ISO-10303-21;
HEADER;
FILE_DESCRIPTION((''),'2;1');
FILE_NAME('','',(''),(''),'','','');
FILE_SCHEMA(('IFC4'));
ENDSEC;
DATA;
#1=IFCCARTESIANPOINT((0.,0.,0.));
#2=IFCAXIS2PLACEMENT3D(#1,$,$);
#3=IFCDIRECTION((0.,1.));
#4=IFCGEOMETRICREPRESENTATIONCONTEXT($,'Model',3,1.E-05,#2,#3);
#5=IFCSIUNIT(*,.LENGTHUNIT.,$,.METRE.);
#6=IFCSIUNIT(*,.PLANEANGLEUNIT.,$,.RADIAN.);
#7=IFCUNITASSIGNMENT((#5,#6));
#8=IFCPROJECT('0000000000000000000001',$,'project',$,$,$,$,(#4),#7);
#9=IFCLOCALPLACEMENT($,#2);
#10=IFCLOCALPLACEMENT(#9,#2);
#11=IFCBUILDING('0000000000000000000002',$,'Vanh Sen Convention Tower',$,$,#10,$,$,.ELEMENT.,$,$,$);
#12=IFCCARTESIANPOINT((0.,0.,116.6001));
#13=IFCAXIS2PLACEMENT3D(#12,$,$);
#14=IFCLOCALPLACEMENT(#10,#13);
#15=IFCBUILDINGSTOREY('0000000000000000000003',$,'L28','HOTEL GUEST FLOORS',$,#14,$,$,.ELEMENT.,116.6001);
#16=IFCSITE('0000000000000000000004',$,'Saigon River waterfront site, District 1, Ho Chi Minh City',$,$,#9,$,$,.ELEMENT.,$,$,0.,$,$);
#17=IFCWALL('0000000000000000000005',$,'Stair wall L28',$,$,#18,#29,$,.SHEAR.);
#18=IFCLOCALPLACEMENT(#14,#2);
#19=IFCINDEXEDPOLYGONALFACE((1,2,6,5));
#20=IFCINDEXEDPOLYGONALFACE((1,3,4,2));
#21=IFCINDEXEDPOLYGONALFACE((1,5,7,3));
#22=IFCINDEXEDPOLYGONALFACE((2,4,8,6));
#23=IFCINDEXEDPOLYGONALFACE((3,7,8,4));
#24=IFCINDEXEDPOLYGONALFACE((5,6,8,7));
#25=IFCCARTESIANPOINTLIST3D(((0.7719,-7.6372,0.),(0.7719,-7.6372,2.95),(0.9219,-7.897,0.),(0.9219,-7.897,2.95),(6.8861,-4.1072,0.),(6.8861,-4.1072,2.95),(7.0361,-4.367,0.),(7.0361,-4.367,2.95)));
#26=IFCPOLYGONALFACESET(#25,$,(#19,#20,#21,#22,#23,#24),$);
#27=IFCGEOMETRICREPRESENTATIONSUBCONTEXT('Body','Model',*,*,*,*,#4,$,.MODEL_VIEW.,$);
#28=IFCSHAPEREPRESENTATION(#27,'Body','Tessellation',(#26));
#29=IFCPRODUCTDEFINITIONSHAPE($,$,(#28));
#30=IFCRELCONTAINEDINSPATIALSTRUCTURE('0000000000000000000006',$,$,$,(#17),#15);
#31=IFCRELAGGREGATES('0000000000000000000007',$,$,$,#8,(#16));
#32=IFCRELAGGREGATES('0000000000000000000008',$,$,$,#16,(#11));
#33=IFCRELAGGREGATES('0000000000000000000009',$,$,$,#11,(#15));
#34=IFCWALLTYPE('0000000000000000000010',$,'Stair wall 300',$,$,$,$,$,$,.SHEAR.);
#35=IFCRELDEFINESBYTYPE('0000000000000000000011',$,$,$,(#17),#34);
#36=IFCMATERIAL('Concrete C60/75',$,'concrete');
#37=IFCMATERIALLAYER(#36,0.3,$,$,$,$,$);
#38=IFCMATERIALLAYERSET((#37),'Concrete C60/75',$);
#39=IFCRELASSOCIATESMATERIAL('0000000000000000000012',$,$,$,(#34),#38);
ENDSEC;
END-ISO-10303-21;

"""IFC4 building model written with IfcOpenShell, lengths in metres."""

from ifc_helpers import new_model, si_unit, direction, frame, frame_2d, origin, place, context, subcontext, project, spatial, rectangle, extrude, material, layer, layer_set, type_object, element, save


model = new_model("IFC4")

# Units and contexts
model_context = context("Model", 3, precision=1e-05, world=origin(), true_north=direction((0.0, 1.0)))
body_context = subcontext(model_context, "Body", "Model", "MODEL_VIEW")
ifc_project = project(units=[si_unit("LENGTHUNIT", "METRE"), si_unit("PLANEANGLEUNIT", "RADIAN")], contexts=[model_context])

# Site, building, storey
site_placement = place(None, origin())
site = spatial("IfcSite", under=ifc_project, at=site_placement, Name="Saigon River waterfront site, District 1, Ho Chi Minh City", CompositionType="ELEMENT", RefElevation=0.0)
building_placement = place(site_placement, origin())
building = spatial("IfcBuilding", under=site, at=building_placement, Name="Vanh Sen Convention Tower", CompositionType="ELEMENT")
storey_placement = place(building_placement, frame((0.0, 0.0, 116.6001)))
storey = spatial("IfcBuildingStorey", under=building, at=storey_placement, Name="L28", Description="HOTEL GUEST FLOORS", CompositionType="ELEMENT", Elevation=116.6001)

# Shared definitions
ifc_material_1 = material(Name="Concrete C60/75", Category="concrete")
ifc_layer_1 = layer(ifc_material_1, 0.3)
ifc_layer_set_1 = layer_set([ifc_layer_1], Name="Concrete C60/75")
wall_type_1 = type_object("IfcWallType", Name="Stair wall 300", PredefinedType="SHEAR", material=ifc_layer_set_1)

# Wall
for number, where, z_axis, x_axis, name in (
    (1, (0.8469, -7.7671, 0.0), (0.0, 0.0, 1.0), (0.866028, 0.499996, 0.0), "Stair wall L28"),
):
    element("IfcWall", number, at=place(storey_placement, frame(where, z_axis=z_axis, x_axis=x_axis)), inside=storey, type_object=wall_type_1, Name=name, PredefinedType="SHEAR", context=body_context, shape_type="SweptSolid", body=[
        extrude(rectangle(XDim=7.0601, YDim=0.3, at=frame_2d((3.53, 0.0))), origin(), (0.0, 0.0, 1.0), 2.95),
    ])

save(model, "model.ifc")
